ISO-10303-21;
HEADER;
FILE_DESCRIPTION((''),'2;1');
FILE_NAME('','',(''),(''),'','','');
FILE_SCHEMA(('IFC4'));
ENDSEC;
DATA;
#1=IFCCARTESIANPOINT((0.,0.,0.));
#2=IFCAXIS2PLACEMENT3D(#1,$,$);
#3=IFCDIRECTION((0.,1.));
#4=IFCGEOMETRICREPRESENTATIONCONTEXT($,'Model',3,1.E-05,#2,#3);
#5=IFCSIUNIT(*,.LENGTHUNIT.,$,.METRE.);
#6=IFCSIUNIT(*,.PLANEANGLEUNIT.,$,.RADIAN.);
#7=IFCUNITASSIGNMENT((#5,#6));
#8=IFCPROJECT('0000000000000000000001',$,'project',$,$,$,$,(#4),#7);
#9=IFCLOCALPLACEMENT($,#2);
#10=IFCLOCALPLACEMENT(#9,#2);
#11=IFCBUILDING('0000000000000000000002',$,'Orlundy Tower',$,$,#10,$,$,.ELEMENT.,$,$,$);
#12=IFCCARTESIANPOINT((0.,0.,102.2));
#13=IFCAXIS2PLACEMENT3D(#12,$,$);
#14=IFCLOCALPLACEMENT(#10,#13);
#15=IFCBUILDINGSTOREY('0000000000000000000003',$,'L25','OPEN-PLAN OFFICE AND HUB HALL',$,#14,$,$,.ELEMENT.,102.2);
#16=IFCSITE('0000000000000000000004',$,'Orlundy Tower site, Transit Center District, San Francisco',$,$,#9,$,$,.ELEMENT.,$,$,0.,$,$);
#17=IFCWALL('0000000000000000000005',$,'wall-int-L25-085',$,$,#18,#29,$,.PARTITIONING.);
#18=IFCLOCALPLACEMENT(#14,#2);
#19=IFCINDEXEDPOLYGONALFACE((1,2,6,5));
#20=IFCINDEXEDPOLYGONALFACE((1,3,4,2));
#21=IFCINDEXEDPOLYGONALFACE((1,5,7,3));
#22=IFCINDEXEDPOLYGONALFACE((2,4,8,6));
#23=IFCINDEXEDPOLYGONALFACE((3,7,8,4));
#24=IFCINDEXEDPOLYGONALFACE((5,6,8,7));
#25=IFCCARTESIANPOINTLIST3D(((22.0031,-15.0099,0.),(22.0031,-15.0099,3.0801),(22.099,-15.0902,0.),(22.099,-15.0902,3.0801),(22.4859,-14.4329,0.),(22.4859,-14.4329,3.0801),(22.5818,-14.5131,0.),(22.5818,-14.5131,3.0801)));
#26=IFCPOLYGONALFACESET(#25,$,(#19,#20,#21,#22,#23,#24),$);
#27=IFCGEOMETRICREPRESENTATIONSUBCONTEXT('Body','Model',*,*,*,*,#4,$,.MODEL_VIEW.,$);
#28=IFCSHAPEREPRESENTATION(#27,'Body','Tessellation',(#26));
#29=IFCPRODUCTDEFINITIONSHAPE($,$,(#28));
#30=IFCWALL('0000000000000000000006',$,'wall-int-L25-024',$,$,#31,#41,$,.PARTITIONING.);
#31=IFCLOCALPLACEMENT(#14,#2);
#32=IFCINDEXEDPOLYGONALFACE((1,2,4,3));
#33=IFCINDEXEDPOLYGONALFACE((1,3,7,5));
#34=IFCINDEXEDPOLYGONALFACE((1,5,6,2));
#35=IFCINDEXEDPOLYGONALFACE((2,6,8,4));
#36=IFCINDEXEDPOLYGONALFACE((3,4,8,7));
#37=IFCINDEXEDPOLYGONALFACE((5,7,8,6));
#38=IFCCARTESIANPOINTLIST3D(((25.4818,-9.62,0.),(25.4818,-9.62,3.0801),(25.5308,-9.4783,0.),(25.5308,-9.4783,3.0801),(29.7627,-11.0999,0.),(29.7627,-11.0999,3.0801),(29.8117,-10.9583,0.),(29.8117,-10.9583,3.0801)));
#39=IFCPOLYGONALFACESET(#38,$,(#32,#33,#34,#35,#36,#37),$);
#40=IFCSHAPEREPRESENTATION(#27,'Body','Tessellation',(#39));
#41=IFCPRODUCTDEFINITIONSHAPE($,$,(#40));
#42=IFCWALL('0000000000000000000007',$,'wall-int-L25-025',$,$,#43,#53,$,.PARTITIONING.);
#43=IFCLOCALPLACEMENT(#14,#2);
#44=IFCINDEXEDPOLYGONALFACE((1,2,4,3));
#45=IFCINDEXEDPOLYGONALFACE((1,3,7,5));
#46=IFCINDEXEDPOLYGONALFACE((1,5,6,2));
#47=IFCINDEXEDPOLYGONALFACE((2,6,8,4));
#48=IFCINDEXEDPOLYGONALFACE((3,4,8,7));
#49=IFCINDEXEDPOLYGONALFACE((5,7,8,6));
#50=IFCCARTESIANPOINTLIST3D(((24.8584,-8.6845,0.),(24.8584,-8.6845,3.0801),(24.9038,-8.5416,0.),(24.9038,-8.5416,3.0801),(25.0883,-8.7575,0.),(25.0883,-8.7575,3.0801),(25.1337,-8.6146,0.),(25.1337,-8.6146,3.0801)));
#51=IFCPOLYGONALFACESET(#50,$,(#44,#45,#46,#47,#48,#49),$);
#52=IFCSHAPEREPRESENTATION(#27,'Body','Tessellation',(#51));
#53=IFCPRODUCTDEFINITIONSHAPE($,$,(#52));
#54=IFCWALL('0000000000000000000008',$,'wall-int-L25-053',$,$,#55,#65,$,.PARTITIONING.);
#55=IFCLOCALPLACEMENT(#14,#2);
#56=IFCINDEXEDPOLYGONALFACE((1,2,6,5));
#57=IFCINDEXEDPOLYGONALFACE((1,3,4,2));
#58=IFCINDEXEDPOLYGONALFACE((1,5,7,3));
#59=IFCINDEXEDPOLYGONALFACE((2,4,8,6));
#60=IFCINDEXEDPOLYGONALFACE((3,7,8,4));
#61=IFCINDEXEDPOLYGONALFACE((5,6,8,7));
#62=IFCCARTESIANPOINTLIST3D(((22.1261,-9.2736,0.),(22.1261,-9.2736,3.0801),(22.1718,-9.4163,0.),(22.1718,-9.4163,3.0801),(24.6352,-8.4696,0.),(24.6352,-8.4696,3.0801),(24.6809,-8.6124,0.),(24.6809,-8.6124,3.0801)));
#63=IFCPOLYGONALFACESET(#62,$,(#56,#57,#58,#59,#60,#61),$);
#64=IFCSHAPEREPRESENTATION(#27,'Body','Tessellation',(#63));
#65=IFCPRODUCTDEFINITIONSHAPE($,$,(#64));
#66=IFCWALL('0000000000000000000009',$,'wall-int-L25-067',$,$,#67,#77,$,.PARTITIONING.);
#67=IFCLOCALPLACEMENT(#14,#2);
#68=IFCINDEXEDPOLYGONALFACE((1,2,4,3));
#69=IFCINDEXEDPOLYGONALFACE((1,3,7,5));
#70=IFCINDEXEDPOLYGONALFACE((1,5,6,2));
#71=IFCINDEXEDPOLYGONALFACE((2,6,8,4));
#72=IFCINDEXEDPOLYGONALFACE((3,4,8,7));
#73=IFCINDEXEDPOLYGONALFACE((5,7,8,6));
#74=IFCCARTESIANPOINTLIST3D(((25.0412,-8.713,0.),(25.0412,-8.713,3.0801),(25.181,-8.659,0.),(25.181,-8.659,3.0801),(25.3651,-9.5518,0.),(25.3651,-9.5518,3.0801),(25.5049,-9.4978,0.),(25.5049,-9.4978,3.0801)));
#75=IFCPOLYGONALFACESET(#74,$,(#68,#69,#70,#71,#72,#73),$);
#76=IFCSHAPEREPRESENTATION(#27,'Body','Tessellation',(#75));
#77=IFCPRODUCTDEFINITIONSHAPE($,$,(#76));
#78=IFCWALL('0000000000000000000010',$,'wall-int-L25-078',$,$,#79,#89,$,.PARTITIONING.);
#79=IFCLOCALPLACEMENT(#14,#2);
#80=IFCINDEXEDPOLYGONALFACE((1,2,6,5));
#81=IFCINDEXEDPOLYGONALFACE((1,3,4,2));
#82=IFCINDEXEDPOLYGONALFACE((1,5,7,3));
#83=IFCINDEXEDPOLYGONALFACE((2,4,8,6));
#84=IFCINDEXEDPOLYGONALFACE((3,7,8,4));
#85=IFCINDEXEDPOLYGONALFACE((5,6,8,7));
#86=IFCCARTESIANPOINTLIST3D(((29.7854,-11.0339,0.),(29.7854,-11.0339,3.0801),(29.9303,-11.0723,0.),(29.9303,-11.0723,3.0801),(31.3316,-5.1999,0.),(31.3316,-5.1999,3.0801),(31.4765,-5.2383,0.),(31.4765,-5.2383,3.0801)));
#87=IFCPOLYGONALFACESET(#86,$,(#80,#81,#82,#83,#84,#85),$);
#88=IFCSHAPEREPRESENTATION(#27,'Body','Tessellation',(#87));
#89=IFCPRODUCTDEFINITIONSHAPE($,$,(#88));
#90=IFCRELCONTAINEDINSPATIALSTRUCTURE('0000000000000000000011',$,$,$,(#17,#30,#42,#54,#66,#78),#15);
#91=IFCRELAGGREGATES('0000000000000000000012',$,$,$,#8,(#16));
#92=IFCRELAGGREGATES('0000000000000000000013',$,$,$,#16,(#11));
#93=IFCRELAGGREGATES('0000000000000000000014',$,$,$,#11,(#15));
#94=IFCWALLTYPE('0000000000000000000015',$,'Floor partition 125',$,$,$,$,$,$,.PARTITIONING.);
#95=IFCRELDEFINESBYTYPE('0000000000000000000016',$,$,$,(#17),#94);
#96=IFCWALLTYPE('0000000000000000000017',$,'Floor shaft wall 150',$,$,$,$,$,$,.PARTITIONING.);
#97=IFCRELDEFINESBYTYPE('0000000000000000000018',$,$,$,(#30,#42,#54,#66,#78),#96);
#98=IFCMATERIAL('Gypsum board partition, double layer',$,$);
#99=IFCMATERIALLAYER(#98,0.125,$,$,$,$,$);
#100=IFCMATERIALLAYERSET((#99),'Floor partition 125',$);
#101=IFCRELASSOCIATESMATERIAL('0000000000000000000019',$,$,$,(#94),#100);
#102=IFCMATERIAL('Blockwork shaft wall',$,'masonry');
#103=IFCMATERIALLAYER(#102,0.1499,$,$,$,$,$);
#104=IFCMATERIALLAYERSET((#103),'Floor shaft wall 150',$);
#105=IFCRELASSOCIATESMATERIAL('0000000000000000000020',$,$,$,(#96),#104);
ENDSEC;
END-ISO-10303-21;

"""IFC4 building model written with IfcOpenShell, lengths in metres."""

from ifc_helpers import new_model, si_unit, direction, frame, frame_2d, origin, place, context, subcontext, project, spatial, rectangle, extrude, material, layer, layer_set, type_object, element, save


model = new_model("IFC4")

# Units and contexts
model_context = context("Model", 3, precision=1e-05, world=origin(), true_north=direction((0.0, 1.0)))
body_context = subcontext(model_context, "Body", "Model", "MODEL_VIEW")
ifc_project = project(units=[si_unit("LENGTHUNIT", "METRE"), si_unit("PLANEANGLEUNIT", "RADIAN")], contexts=[model_context])

# Site, building, storey
site_placement = place(None, origin())
site = spatial("IfcSite", under=ifc_project, at=site_placement, Name="Orlundy Tower site, Transit Center District, San Francisco", CompositionType="ELEMENT", RefElevation=0.0)
building_placement = place(site_placement, origin())
building = spatial("IfcBuilding", under=site, at=building_placement, Name="Orlundy Tower", CompositionType="ELEMENT")
storey_placement = place(building_placement, frame((0.0, 0.0, 102.2)))
storey = spatial("IfcBuildingStorey", under=building, at=storey_placement, Name="L25", Description="OPEN-PLAN OFFICE AND HUB HALL", CompositionType="ELEMENT", Elevation=102.2)

# Shared definitions
ifc_material_1 = material(Name="Gypsum board partition, double layer")
ifc_layer_1 = layer(ifc_material_1, 0.125)
ifc_layer_set_1 = layer_set([ifc_layer_1], Name="Floor partition 125")
wall_type_1 = type_object("IfcWallType", Name="Floor partition 125", PredefinedType="PARTITIONING", material=ifc_layer_set_1)

# Walls
wall_1_placement = place(storey_placement, frame((22.051, -15.05, 0.0), z_axis=(0.0, 0.0, 1.0), x_axis=(0.641715, 0.766943, 0.0)))
element("IfcWall", 1, at=wall_1_placement, inside=storey, type_object=wall_type_1, Name="wall-int-L25-085", PredefinedType="PARTITIONING", context=body_context, shape_type="SweptSolid", body=[
    extrude(rectangle(XDim=0.7524, YDim=0.125, at=frame_2d((0.3762, 0.0))), origin(), (0.0, 0.0, 1.0), 3.0801),
])
ifc_material_2 = material(Name="Blockwork shaft wall", Category="masonry")
ifc_layer_2 = layer(ifc_material_2, 0.1499)
ifc_layer_set_2 = layer_set([ifc_layer_2], Name="Floor shaft wall 150")
wall_type_2 = type_object("IfcWallType", Name="Floor shaft wall 150", PredefinedType="PARTITIONING", material=ifc_layer_set_2)
wall_2_placement = place(storey_placement, frame((29.7871, -11.0291, 0.0), z_axis=(0.0, 0.0, 1.0), x_axis=(-0.945116, 0.326735, 0.0)))
element("IfcWall", 2, at=wall_2_placement, inside=storey, type_object=wall_type_2, Name="wall-int-L25-024", PredefinedType="PARTITIONING", context=body_context, shape_type="SweptSolid", body=[
    extrude(rectangle(XDim=4.5295, YDim=0.1499, at=frame_2d((2.2646, 0.0))), origin(), (0.0, 0.0, 1.0), 3.0801),
])
wall_3_placement = place(storey_placement, frame((24.8811, -8.613, 0.0), z_axis=(0.0, 0.0, 1.0), x_axis=(0.953138, -0.302535, 0.0)))
element("IfcWall", 3, at=wall_3_placement, inside=storey, type_object=wall_type_2, Name="wall-int-L25-025", PredefinedType="PARTITIONING", context=body_context, shape_type="SweptSolid", body=[
    extrude(rectangle(XDim=0.2412, YDim=0.1499, at=frame_2d((0.1206, 0.0))), origin(), (0.0, 0.0, 1.0), 3.0801),
])
wall_4_placement = place(storey_placement, frame((22.1489, -9.345, 0.0), z_axis=(0.0, 0.0, 1.0), x_axis=(0.952307, 0.305142, 0.0)))
element("IfcWall", 4, at=wall_4_placement, inside=storey, type_object=wall_type_2, Name="wall-int-L25-053", PredefinedType="PARTITIONING", context=body_context, shape_type="SweptSolid", body=[
    extrude(rectangle(XDim=2.6348, YDim=0.1499, at=frame_2d((1.3174, 0.0))), origin(), (0.0, 0.0, 1.0), 3.0801),
])
wall_5_placement = place(storey_placement, frame((25.4351, -9.5249, 0.0), z_axis=(0.0, 0.0, 1.0), x_axis=(-0.36027, 0.932848, 0.0)))
element("IfcWall", 5, at=wall_5_placement, inside=storey, type_object=wall_type_2, Name="wall-int-L25-067", PredefinedType="PARTITIONING", context=body_context, shape_type="SweptSolid", body=[
    extrude(rectangle(XDim=0.8992, YDim=0.1499, at=frame_2d((0.4497, 0.0))), origin(), (0.0, 0.0, 1.0), 3.0801),
])
wall_6_placement = place(storey_placement, frame((29.8579, -11.053, 0.0), z_axis=(0.0, 0.0, 1.0), x_axis=(0.256179, 0.966629, 0.0)))
element("IfcWall", 6, at=wall_6_placement, inside=storey, type_object=wall_type_2, Name="wall-int-L25-078", PredefinedType="PARTITIONING", context=body_context, shape_type="SweptSolid", body=[
    extrude(rectangle(XDim=6.0354, YDim=0.1499, at=frame_2d((3.0176, 0.0))), origin(), (0.0, 0.0, 1.0), 3.0801),
])

save(model, "model.ifc")
